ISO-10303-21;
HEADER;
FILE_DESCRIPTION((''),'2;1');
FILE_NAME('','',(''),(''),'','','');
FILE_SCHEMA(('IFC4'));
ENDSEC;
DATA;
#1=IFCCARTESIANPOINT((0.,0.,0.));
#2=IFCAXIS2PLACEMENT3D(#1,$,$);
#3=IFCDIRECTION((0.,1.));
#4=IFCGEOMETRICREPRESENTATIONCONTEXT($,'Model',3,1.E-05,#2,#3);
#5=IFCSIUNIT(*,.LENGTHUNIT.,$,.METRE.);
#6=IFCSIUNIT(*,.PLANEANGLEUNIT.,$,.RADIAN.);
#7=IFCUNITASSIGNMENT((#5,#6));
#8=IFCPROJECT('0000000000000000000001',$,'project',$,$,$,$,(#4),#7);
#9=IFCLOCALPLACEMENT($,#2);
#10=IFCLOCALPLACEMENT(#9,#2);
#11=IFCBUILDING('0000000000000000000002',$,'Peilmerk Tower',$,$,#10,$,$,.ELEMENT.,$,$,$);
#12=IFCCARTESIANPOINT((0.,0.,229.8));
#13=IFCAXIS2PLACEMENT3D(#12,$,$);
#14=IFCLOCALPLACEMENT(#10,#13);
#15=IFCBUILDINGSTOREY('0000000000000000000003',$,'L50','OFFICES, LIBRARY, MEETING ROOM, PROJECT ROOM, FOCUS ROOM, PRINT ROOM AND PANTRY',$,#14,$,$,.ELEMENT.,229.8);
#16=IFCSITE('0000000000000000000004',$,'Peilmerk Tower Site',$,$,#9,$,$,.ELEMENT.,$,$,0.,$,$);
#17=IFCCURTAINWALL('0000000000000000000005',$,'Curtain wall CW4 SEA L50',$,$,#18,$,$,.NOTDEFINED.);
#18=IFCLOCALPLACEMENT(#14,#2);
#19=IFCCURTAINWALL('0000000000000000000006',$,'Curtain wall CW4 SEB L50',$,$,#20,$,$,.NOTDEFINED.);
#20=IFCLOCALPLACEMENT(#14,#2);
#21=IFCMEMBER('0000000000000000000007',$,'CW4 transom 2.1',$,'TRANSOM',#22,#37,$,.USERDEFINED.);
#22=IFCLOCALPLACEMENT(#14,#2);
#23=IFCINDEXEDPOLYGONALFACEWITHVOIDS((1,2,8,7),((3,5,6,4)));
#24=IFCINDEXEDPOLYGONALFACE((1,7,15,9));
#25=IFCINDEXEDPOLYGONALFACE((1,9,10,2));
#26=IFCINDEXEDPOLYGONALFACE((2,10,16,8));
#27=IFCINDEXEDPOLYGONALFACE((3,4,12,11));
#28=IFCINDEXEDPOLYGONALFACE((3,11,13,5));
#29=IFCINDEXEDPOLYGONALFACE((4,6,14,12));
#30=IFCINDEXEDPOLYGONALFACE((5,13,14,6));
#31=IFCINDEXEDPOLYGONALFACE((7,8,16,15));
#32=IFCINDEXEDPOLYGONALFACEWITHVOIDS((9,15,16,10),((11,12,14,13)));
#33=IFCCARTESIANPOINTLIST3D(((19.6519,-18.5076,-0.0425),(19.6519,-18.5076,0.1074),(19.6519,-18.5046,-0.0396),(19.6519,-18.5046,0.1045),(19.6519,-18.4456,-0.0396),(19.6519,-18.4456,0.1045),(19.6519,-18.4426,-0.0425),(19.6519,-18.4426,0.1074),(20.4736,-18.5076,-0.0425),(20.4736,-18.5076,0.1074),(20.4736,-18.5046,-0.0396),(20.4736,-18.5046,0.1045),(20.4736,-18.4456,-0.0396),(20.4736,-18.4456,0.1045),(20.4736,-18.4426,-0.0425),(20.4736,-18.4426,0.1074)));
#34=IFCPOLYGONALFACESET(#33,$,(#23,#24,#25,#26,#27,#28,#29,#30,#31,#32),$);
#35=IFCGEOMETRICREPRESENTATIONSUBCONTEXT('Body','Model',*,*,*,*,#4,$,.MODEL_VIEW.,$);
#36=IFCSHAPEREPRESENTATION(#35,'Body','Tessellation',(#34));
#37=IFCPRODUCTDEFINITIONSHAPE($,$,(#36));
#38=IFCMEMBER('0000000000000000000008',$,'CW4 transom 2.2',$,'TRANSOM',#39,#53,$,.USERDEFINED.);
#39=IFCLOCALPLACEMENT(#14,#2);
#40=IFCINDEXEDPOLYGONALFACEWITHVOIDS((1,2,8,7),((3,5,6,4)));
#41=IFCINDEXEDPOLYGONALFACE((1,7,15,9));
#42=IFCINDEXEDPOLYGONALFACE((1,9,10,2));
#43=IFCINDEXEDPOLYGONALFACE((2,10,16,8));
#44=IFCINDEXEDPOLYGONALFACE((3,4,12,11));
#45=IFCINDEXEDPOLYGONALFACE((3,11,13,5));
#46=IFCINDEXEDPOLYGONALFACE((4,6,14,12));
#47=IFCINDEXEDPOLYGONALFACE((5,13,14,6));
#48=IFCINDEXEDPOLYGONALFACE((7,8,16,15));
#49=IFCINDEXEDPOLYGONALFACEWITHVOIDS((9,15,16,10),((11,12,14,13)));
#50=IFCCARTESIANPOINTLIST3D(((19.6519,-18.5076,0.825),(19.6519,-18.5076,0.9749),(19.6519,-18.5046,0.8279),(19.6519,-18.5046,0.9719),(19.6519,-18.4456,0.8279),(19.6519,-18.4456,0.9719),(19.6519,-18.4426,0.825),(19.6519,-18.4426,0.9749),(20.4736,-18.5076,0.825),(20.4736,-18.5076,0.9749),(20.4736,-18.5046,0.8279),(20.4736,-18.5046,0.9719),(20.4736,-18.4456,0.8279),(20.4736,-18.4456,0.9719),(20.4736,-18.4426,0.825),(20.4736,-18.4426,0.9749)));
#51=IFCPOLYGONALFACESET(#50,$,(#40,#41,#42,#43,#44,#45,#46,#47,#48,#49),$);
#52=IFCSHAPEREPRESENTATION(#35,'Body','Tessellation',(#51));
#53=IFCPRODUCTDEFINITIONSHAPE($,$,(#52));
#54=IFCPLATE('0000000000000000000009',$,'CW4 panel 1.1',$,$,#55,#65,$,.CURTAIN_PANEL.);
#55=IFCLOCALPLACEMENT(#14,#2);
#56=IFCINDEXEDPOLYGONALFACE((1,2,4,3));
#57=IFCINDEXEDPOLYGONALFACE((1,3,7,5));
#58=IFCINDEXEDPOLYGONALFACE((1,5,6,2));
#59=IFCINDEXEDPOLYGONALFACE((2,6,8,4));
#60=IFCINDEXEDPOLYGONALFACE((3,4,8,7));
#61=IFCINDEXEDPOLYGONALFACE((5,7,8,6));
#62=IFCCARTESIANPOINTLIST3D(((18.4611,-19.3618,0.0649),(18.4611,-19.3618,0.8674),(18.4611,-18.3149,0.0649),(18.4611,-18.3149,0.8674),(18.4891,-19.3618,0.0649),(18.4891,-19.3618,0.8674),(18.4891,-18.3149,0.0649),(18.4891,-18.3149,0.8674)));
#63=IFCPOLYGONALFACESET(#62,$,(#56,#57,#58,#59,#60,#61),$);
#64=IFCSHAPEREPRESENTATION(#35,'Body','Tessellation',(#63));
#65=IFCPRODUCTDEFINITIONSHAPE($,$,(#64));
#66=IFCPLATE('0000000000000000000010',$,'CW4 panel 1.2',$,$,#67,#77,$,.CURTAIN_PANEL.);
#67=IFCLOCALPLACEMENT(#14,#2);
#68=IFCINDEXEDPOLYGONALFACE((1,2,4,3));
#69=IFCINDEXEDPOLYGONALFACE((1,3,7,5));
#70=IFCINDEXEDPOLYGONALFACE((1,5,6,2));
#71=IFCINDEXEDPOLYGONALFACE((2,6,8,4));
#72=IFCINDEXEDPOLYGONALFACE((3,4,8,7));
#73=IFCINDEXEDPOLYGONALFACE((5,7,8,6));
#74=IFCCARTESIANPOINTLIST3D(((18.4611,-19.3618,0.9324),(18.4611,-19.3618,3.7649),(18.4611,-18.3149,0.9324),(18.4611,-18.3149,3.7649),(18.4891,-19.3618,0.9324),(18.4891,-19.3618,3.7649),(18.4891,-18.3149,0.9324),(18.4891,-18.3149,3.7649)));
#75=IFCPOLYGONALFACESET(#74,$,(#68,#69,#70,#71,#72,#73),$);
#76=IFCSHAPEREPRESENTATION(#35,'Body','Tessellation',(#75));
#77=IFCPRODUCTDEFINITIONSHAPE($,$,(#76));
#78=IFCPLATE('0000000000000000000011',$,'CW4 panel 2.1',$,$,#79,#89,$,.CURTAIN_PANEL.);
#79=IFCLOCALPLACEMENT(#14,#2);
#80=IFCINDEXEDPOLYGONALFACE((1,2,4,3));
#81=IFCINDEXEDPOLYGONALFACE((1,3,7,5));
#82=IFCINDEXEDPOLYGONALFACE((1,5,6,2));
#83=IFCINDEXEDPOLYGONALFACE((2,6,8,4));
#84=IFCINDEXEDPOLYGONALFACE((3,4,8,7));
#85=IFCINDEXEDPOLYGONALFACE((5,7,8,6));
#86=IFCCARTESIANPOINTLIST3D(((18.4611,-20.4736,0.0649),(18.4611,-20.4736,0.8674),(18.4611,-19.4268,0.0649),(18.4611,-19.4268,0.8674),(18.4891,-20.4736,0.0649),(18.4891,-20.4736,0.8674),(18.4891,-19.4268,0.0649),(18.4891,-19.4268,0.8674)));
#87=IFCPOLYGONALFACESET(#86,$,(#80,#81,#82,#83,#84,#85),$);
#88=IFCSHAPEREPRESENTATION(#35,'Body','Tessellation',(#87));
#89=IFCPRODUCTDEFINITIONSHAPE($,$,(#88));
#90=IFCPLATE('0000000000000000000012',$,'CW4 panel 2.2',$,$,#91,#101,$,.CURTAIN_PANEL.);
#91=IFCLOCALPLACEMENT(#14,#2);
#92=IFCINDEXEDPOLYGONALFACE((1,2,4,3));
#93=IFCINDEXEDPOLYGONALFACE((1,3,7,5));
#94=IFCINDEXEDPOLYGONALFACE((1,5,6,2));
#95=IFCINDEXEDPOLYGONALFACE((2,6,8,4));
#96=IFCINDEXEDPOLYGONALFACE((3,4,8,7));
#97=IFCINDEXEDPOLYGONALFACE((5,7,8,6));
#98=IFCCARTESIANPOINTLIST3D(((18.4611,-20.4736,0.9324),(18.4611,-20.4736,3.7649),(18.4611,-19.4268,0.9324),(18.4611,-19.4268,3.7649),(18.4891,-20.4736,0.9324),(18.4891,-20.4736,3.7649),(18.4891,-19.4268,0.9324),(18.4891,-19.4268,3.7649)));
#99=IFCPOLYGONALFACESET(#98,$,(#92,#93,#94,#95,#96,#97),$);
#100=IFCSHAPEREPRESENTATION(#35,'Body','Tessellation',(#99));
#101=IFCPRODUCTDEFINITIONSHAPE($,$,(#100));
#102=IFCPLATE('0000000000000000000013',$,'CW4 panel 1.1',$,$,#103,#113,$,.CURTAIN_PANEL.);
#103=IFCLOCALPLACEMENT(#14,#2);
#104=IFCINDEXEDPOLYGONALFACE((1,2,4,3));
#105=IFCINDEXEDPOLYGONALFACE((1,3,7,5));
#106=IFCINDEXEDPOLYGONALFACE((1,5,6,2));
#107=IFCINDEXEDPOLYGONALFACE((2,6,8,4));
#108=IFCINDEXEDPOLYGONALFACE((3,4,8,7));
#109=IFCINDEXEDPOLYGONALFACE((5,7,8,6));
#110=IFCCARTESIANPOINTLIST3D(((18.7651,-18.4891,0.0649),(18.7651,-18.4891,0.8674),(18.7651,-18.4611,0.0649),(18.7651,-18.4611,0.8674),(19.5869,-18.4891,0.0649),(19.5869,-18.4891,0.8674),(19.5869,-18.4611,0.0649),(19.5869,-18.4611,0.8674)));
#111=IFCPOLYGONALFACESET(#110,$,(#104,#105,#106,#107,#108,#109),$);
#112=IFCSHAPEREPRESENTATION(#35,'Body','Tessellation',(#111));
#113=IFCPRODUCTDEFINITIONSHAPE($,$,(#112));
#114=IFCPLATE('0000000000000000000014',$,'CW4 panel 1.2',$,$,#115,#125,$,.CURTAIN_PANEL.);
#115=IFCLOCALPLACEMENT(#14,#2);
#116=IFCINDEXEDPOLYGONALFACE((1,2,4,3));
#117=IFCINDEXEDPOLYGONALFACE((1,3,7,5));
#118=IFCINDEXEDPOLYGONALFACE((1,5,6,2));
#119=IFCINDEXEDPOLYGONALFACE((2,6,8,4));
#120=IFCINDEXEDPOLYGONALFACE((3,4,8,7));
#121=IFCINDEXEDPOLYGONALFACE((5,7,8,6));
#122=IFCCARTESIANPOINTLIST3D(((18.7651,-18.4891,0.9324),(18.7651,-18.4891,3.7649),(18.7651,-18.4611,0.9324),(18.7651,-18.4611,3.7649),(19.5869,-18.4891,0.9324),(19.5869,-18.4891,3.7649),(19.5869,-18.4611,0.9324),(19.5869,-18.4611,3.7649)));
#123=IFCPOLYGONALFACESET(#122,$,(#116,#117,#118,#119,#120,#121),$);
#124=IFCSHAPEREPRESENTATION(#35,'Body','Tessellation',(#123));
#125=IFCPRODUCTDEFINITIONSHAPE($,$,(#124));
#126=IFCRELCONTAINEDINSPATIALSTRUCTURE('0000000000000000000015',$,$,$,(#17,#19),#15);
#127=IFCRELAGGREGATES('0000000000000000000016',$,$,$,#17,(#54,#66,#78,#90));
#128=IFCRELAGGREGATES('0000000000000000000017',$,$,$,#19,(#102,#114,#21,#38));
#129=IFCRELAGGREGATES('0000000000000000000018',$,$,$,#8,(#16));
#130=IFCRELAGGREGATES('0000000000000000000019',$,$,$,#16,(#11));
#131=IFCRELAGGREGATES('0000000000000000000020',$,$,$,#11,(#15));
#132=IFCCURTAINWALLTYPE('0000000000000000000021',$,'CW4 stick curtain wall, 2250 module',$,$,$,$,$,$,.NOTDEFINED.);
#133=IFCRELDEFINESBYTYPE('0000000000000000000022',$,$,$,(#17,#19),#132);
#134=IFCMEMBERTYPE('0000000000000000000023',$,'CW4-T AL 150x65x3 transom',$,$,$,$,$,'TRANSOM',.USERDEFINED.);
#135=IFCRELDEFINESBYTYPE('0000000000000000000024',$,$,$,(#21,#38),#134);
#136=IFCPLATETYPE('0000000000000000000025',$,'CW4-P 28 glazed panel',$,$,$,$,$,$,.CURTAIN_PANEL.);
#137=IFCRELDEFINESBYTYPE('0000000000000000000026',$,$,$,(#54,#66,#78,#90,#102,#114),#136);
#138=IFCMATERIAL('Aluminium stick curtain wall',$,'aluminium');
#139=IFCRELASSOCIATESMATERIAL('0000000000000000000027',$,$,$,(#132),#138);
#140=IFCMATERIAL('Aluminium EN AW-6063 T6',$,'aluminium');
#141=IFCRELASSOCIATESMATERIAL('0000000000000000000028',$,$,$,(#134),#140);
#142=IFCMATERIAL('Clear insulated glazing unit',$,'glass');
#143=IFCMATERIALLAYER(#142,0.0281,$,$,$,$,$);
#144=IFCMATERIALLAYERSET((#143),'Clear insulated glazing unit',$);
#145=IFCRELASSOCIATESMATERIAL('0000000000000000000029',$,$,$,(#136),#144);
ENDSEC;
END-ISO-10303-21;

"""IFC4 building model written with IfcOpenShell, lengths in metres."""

from ifc_helpers import new_model, si_unit, direction, frame, origin, origin_2d, place, context, subcontext, project, spatial, rectangle, hollow_rectangle, extrude, material, layer, layer_set, material_profile, profile_set, type_object, element, aggregate, save


model = new_model("IFC4")

# Units and contexts
model_context = context("Model", 3, precision=1e-05, world=origin(), true_north=direction((0.0, 1.0)))
body_context = subcontext(model_context, "Body", "Model", "MODEL_VIEW")
ifc_project = project(units=[si_unit("LENGTHUNIT", "METRE"), si_unit("PLANEANGLEUNIT", "RADIAN")], contexts=[model_context])

# Site, building, storey
site_placement = place(None, origin())
site = spatial("IfcSite", under=ifc_project, at=site_placement, Name="Peilmerk Tower Site", CompositionType="ELEMENT", RefElevation=0.0)
building_placement = place(site_placement, origin())
building = spatial("IfcBuilding", under=site, at=building_placement, Name="Peilmerk Tower", CompositionType="ELEMENT")
storey_placement = place(building_placement, frame((0.0, 0.0, 229.8)))
storey = spatial("IfcBuildingStorey", under=building, at=storey_placement, Name="L50", Description="OFFICES, LIBRARY, MEETING ROOM, PROJECT ROOM, FOCUS ROOM, PRINT ROOM AND PANTRY", CompositionType="ELEMENT", Elevation=229.8)

# Curtain walls
ifc_material_1 = material(Name="Aluminium stick curtain wall", Category="aluminium")
curtain_wall_type = type_object("IfcCurtainWallType", Name="CW4 stick curtain wall, 2250 module", PredefinedType="NOTDEFINED", material=ifc_material_1)
curtain_wall_1_placement = place(storey_placement, origin())
curtain_wall_1 = element("IfcCurtainWall", 1, at=curtain_wall_1_placement, inside=storey, type_object=curtain_wall_type, Name="Curtain wall CW4 SEA L50", PredefinedType="NOTDEFINED")
ifc_material_2 = material(Name="Aluminium EN AW-6063 T6", Category="aluminium")
curtain_wall_2_placement = place(storey_placement, origin())
curtain_wall_2 = element("IfcCurtainWall", 2, at=curtain_wall_2_placement, inside=storey, type_object=curtain_wall_type, Name="Curtain wall CW4 SEB L50", PredefinedType="NOTDEFINED")

# Members
ifc_material_profile_1 = material_profile(ifc_material_2, hollow_rectangle(XDim=0.0649, YDim=0.1499, WallThickness=0.0029, at=origin_2d()), Name="AL 150x65x3")
ifc_profile_set_1 = profile_set([ifc_material_profile_1], Name="Aluminium EN AW-6063 T6")
member_type_1 = type_object("IfcMemberType", Name="CW4-T AL 150x65x3 transom", ElementType="TRANSOM", PredefinedType="USERDEFINED", material=ifc_profile_set_1)
member_1_placement = place(storey_placement, frame((19.6519, -18.4751, 0.0325), z_axis=(1.0, 0.0, 0.0), x_axis=(0.0, 1.0, 0.0)))
member_1 = element("IfcMember", 3, at=member_1_placement, type_object=member_type_1, Name="CW4 transom 2.1", ObjectType="TRANSOM", PredefinedType="USERDEFINED", context=body_context, shape_type="SweptSolid", body=[
    extrude(hollow_rectangle(XDim=0.0649, YDim=0.1499, WallThickness=0.0029, at=origin_2d()), origin(), (0.0, 0.0, 1.0), 0.8218),
])
member_2_placement = place(storey_placement, frame((19.6519, -18.4751, 0.8999), z_axis=(1.0, 0.0, 0.0), x_axis=(0.0, 1.0, 0.0)))
member_2 = element("IfcMember", 4, at=member_2_placement, type_object=member_type_1, Name="CW4 transom 2.2", ObjectType="TRANSOM", PredefinedType="USERDEFINED", context=body_context, shape_type="SweptSolid", body=[
    extrude(hollow_rectangle(XDim=0.0649, YDim=0.1499, WallThickness=0.0029, at=origin_2d()), origin(), (0.0, 0.0, 1.0), 0.8218),
])

# Plates
ifc_material_3 = material(Name="Clear insulated glazing unit", Category="glass")
ifc_layer_1 = layer(ifc_material_3, 0.0281)
ifc_layer_set_1 = layer_set([ifc_layer_1], Name="Clear insulated glazing unit")
plate_type = type_object("IfcPlateType", Name="CW4-P 28 glazed panel", PredefinedType="CURTAIN_PANEL", material=ifc_layer_set_1)
plate_1_placement = place(storey_placement, frame((18.4751, -18.8384, 0.0649), z_axis=(0.0, 0.0, 1.0), x_axis=(0.0, -1.0, 0.0)))
plate_1 = element("IfcPlate", 5, at=plate_1_placement, type_object=plate_type, Name="CW4 panel 1.1", PredefinedType="CURTAIN_PANEL", context=body_context, shape_type="SweptSolid", body=[
    extrude(rectangle(XDim=1.0469, YDim=0.0281, at=origin_2d()), origin(), (0.0, 0.0, 1.0), 0.8025),
])
plate_2_placement = place(storey_placement, frame((18.4751, -18.8384, 0.9324), z_axis=(0.0, 0.0, 1.0), x_axis=(0.0, -1.0, 0.0)))
plate_2 = element("IfcPlate", 6, at=plate_2_placement, type_object=plate_type, Name="CW4 panel 1.2", PredefinedType="CURTAIN_PANEL", context=body_context, shape_type="SweptSolid", body=[
    extrude(rectangle(XDim=1.0469, YDim=0.0281, at=origin_2d()), origin(), (0.0, 0.0, 1.0), 2.8325),
])
plate_3_placement = place(storey_placement, frame((18.4751, -19.9502, 0.0649), z_axis=(0.0, 0.0, 1.0), x_axis=(0.0, -1.0, 0.0)))
plate_3 = element("IfcPlate", 7, at=plate_3_placement, type_object=plate_type, Name="CW4 panel 2.1", PredefinedType="CURTAIN_PANEL", context=body_context, shape_type="SweptSolid", body=[
    extrude(rectangle(XDim=1.0469, YDim=0.0281, at=origin_2d()), origin(), (0.0, 0.0, 1.0), 0.8025),
])
plate_4_placement = place(storey_placement, frame((18.4751, -19.9502, 0.9324), z_axis=(0.0, 0.0, 1.0), x_axis=(0.0, -1.0, 0.0)))
plate_4 = element("IfcPlate", 8, at=plate_4_placement, type_object=plate_type, Name="CW4 panel 2.2", PredefinedType="CURTAIN_PANEL", context=body_context, shape_type="SweptSolid", body=[
    extrude(rectangle(XDim=1.0469, YDim=0.0281, at=origin_2d()), origin(), (0.0, 0.0, 1.0), 2.8325),
])
aggregate(curtain_wall_1, [plate_1, plate_2, plate_3, plate_4])
plate_5_placement = place(storey_placement, frame((19.176, -18.4751, 0.0649), z_axis=(0.0, 0.0, 1.0), x_axis=(1.0, 0.0, 0.0)))
plate_5 = element("IfcPlate", 9, at=plate_5_placement, type_object=plate_type, Name="CW4 panel 1.1", PredefinedType="CURTAIN_PANEL", context=body_context, shape_type="SweptSolid", body=[
    extrude(rectangle(XDim=0.8218, YDim=0.0281, at=origin_2d()), origin(), (0.0, 0.0, 1.0), 0.8025),
])
plate_6_placement = place(storey_placement, frame((19.176, -18.4751, 0.9324), z_axis=(0.0, 0.0, 1.0), x_axis=(1.0, 0.0, 0.0)))
plate_6 = element("IfcPlate", 10, at=plate_6_placement, type_object=plate_type, Name="CW4 panel 1.2", PredefinedType="CURTAIN_PANEL", context=body_context, shape_type="SweptSolid", body=[
    extrude(rectangle(XDim=0.8218, YDim=0.0281, at=origin_2d()), origin(), (0.0, 0.0, 1.0), 2.8325),
])
aggregate(curtain_wall_2, [plate_5, plate_6, member_1, member_2])

save(model, "model.ifc")
